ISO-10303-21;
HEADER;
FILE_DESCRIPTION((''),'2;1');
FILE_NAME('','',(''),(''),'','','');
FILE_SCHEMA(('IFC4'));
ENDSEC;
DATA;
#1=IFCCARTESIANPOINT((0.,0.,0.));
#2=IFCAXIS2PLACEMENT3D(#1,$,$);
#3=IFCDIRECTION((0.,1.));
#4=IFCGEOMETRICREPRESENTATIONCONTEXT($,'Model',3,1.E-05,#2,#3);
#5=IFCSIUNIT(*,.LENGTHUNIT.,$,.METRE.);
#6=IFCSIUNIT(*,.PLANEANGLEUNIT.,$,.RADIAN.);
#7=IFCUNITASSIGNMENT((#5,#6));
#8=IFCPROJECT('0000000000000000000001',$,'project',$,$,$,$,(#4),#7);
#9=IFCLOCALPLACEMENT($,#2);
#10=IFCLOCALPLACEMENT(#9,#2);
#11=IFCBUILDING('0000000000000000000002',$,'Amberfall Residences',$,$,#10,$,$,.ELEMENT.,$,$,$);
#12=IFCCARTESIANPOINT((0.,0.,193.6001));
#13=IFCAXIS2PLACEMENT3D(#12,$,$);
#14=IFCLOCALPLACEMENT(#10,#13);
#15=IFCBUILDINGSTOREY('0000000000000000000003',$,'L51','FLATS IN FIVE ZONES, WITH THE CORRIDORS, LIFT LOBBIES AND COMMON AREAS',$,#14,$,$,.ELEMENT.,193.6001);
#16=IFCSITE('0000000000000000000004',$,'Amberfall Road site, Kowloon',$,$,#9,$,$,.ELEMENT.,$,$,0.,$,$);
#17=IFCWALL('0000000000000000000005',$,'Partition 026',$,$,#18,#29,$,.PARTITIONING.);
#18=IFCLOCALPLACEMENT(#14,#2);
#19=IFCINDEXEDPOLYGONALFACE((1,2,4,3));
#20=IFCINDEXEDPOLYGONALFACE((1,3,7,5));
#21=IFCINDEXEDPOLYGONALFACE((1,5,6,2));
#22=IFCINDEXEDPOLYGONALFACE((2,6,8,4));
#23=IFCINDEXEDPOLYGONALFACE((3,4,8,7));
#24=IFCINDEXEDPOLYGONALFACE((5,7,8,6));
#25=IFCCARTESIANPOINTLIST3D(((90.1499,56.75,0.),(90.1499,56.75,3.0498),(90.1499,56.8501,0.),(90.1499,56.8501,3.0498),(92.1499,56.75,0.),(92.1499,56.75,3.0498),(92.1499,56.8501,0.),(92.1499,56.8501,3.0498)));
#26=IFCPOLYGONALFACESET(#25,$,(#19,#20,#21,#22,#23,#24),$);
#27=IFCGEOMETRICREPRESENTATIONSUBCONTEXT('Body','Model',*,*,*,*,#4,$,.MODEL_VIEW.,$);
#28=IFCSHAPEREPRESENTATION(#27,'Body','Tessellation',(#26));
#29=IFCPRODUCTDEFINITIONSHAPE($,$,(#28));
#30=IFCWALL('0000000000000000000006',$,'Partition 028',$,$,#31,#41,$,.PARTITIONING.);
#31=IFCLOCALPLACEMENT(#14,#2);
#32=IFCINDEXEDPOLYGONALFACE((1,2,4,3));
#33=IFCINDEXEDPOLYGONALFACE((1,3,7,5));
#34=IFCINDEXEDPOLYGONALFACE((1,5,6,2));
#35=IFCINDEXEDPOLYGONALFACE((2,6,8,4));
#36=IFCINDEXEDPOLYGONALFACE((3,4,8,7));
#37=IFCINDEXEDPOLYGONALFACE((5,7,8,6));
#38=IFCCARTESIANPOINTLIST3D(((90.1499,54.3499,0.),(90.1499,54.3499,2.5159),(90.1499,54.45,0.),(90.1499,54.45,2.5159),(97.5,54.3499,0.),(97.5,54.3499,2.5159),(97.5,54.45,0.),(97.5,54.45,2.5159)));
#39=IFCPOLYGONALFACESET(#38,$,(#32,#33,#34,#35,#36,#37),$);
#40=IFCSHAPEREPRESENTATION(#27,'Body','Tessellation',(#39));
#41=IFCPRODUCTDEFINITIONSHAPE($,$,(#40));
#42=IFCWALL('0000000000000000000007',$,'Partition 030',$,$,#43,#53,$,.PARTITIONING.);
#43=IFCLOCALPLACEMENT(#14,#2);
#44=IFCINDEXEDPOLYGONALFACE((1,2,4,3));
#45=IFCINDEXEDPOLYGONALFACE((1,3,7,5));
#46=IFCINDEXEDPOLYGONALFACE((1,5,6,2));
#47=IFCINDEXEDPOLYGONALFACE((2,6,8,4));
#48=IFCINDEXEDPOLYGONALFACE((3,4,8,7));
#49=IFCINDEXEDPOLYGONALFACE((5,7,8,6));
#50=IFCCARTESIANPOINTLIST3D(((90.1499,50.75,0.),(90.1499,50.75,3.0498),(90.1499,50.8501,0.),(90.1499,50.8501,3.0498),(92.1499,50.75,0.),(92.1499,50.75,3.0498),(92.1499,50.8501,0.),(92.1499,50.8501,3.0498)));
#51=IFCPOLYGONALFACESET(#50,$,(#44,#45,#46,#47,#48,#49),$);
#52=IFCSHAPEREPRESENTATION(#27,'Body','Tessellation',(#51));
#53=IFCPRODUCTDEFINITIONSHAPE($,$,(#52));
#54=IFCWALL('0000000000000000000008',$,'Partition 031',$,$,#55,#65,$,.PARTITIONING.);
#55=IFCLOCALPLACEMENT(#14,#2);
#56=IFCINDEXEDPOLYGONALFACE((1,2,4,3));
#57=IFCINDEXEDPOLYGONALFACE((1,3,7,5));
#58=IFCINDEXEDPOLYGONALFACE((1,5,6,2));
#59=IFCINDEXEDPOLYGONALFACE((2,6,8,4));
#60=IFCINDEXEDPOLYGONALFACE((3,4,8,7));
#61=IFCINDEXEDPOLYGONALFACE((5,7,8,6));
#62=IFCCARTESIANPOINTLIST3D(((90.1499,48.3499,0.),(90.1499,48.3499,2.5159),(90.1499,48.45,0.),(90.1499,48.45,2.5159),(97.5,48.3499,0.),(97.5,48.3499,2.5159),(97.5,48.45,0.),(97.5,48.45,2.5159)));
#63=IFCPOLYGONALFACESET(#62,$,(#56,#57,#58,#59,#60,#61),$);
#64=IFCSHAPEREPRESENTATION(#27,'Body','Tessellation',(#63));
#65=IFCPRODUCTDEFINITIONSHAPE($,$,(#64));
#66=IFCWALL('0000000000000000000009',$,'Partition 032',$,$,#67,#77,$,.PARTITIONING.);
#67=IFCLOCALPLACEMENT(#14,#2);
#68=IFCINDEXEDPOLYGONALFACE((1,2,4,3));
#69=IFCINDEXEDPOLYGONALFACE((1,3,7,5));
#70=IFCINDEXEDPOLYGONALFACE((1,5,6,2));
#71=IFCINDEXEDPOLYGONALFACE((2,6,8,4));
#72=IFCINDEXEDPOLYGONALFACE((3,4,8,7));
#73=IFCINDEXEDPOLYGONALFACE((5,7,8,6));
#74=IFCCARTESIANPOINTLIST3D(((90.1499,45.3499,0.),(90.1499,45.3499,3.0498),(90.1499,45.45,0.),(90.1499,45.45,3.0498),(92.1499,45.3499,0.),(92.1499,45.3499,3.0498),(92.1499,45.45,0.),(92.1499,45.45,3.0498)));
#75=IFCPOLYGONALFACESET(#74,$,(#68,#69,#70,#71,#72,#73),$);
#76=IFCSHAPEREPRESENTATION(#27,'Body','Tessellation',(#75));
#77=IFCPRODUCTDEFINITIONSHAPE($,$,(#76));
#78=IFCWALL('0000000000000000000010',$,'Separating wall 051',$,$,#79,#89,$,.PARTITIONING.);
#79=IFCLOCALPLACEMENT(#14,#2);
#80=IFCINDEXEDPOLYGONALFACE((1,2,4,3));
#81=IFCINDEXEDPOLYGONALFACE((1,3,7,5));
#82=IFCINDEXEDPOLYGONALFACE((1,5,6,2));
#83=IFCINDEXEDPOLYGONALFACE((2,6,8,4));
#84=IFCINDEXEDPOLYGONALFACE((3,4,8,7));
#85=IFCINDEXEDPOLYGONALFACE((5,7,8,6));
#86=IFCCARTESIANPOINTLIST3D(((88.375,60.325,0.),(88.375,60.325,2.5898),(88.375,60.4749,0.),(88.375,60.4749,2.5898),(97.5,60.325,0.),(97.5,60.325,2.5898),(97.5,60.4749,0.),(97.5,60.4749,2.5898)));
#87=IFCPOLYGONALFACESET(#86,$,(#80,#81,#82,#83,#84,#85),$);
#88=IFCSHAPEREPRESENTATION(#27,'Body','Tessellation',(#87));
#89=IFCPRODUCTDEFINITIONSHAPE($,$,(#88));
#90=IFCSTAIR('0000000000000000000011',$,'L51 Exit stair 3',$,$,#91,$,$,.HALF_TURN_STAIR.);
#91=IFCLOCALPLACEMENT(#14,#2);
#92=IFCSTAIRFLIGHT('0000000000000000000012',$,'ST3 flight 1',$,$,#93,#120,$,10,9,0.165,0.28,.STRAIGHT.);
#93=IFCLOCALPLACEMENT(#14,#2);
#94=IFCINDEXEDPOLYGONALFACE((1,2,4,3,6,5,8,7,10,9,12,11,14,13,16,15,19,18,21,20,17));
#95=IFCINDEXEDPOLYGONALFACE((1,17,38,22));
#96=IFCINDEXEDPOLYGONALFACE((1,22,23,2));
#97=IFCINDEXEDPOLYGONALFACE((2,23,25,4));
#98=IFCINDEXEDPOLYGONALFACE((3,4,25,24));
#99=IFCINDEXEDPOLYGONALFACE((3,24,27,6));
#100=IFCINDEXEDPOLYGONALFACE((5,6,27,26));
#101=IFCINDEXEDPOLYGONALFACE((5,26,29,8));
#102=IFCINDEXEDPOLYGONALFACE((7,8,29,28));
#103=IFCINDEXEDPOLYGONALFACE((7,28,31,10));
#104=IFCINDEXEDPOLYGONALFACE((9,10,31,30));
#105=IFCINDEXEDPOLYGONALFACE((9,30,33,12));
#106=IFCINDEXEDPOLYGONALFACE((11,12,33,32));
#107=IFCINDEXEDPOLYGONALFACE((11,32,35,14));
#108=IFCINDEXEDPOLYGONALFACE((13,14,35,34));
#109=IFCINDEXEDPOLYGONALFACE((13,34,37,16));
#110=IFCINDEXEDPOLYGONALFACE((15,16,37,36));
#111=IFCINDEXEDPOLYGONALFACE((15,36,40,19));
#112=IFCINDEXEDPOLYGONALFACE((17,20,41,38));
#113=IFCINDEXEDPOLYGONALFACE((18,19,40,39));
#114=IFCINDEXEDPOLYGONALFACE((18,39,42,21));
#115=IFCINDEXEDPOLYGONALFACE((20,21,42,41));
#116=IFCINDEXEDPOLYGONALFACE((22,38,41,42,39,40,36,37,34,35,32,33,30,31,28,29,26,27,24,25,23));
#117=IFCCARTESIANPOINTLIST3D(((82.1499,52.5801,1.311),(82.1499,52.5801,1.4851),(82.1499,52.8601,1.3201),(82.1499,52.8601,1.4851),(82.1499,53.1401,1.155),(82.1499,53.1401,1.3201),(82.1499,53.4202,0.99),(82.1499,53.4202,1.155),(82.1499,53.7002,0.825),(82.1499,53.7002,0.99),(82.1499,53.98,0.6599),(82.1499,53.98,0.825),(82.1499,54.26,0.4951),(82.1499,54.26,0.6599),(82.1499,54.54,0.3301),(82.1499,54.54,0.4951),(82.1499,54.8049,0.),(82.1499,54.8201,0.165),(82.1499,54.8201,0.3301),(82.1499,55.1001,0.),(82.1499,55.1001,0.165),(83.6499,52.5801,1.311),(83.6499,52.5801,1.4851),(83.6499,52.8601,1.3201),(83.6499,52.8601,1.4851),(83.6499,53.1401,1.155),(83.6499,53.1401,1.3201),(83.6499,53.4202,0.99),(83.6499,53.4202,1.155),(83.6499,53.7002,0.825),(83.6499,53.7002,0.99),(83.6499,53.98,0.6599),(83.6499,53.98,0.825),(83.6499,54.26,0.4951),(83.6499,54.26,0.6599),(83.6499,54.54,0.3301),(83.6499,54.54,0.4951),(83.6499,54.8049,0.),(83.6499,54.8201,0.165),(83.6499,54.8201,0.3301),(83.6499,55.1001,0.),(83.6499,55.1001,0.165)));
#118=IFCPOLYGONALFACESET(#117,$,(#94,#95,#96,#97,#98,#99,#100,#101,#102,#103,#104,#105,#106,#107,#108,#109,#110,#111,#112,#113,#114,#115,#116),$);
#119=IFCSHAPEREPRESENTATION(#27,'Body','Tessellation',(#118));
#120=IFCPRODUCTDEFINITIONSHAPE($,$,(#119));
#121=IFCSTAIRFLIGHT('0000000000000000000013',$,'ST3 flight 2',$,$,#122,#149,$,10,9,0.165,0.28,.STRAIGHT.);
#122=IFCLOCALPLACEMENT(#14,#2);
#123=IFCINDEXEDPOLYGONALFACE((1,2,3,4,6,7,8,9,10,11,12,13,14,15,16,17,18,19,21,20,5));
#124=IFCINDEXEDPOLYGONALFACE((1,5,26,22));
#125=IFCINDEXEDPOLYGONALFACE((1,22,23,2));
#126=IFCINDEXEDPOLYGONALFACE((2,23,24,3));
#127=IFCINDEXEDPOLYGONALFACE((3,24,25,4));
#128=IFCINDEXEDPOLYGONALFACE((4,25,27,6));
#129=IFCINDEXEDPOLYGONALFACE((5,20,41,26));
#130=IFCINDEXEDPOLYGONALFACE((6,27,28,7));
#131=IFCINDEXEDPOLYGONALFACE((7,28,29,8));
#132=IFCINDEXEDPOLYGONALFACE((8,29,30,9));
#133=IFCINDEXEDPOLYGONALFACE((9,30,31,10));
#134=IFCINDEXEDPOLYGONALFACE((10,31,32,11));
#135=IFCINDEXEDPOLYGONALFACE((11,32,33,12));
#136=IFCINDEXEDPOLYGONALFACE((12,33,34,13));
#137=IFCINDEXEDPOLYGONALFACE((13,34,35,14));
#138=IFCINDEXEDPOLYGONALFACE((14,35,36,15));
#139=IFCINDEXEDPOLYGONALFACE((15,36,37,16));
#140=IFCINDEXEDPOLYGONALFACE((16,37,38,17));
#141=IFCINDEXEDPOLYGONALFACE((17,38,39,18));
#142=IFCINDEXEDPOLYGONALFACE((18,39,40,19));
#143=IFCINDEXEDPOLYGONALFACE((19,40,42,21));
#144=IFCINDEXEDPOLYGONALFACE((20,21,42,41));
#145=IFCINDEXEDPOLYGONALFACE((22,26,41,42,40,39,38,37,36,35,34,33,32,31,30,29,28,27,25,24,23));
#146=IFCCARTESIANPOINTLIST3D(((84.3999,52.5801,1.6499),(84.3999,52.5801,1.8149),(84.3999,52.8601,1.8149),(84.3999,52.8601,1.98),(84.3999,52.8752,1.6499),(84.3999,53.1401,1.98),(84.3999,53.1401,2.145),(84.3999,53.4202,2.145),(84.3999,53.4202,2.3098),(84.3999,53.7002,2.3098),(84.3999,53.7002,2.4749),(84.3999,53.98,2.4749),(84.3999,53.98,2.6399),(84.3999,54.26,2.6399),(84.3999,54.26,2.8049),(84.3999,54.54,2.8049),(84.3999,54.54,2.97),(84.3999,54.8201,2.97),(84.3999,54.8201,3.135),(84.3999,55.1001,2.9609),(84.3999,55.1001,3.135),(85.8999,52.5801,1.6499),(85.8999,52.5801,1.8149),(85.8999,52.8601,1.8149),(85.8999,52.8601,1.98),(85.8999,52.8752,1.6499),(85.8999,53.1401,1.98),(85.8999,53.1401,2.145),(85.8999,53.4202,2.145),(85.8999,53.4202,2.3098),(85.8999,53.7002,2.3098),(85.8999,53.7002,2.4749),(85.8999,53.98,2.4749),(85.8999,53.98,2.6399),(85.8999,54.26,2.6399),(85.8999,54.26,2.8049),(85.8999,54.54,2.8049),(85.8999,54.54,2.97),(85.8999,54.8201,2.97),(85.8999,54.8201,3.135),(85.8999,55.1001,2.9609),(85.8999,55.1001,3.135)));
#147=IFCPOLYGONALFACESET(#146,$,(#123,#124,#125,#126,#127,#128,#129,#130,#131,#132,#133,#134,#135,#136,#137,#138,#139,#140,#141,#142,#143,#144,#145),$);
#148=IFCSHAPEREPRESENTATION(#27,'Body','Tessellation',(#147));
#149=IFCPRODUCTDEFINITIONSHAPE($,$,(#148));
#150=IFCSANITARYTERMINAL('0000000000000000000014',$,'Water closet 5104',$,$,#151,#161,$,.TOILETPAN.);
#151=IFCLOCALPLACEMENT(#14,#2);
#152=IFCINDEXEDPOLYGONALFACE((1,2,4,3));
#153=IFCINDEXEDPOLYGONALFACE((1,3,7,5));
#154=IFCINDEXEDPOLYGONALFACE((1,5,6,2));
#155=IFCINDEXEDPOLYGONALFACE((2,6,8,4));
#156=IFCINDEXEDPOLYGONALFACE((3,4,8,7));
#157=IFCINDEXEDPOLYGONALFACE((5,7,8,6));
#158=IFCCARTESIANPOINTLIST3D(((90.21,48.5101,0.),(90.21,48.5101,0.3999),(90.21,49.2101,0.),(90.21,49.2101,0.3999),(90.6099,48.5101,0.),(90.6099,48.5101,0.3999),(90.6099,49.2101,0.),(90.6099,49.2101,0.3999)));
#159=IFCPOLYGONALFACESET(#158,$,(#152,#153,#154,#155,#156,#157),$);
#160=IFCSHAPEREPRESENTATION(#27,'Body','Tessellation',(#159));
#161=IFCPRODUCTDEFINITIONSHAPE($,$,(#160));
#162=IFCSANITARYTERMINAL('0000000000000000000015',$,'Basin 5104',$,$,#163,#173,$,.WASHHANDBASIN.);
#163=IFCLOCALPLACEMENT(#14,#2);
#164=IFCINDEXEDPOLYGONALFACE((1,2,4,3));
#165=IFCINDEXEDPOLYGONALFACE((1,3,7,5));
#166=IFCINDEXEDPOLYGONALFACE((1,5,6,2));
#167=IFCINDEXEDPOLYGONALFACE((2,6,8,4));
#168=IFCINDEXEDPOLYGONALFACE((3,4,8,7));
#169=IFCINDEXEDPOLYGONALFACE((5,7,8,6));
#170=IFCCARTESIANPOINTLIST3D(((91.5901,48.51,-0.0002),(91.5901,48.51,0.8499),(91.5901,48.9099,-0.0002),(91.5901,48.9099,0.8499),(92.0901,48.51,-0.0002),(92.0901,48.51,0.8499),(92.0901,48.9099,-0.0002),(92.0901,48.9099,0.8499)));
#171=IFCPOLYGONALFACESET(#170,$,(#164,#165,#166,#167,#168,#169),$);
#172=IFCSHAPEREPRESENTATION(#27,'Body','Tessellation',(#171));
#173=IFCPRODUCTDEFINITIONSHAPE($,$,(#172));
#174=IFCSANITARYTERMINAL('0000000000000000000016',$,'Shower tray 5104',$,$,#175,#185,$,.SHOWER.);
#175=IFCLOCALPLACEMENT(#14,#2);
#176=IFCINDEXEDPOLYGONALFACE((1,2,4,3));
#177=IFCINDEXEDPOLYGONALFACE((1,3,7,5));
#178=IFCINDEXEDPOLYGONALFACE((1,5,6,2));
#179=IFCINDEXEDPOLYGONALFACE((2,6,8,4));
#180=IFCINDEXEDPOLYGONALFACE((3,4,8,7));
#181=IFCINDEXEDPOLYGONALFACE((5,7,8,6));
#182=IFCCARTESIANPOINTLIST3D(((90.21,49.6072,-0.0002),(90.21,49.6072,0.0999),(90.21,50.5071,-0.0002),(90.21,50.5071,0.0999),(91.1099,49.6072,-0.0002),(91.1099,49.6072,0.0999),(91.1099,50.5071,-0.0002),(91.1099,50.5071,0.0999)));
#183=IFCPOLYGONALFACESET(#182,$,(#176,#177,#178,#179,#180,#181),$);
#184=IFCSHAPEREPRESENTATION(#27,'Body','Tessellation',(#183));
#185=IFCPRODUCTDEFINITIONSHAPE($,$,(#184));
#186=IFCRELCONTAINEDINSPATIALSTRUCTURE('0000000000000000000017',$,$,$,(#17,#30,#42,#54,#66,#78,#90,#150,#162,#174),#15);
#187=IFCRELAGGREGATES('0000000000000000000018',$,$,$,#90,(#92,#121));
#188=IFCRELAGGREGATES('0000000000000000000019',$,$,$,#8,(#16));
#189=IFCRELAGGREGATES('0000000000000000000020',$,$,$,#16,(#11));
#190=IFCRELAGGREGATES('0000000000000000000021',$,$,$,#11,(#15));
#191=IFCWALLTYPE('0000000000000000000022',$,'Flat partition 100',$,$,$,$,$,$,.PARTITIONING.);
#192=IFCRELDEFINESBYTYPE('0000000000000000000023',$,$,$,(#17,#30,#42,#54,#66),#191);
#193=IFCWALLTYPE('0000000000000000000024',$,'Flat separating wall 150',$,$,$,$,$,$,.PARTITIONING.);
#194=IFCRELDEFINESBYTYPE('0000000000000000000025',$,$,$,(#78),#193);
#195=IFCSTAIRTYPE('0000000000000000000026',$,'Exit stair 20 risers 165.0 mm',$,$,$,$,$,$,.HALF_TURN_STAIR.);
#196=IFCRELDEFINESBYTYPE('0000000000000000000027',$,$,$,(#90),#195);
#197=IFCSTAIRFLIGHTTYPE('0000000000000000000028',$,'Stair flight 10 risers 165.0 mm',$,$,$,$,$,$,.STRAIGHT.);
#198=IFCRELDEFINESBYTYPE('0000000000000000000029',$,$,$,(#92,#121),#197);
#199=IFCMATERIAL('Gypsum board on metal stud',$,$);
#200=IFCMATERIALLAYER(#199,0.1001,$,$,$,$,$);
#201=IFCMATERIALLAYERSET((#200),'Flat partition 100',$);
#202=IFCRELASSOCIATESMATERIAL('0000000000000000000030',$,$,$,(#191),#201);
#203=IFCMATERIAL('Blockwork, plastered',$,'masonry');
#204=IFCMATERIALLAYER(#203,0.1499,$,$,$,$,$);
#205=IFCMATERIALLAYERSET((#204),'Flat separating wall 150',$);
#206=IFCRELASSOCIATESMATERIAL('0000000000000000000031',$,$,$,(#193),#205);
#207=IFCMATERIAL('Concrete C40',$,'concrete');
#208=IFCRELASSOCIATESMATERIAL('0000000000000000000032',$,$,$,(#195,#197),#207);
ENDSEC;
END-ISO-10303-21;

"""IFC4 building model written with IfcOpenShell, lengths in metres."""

from ifc_helpers import new_model, si_unit, direction, frame, frame_2d, origin, origin_2d, place, context, subcontext, project, spatial, polyline, rectangle, outline, extrude, material, layer, layer_set, type_object, element, aggregate, save


model = new_model("IFC4")

# Units and contexts
model_context = context("Model", 3, precision=1e-05, world=origin(), true_north=direction((0.0, 1.0)))
body_context = subcontext(model_context, "Body", "Model", "MODEL_VIEW")
ifc_project = project(units=[si_unit("LENGTHUNIT", "METRE"), si_unit("PLANEANGLEUNIT", "RADIAN")], contexts=[model_context])

# Site, building, storey
site_placement = place(None, origin())
site = spatial("IfcSite", under=ifc_project, at=site_placement, Name="Amberfall Road site, Kowloon", CompositionType="ELEMENT", RefElevation=0.0)
building_placement = place(site_placement, origin())
building = spatial("IfcBuilding", under=site, at=building_placement, Name="Amberfall Residences", CompositionType="ELEMENT")
storey_placement = place(building_placement, frame((0.0, 0.0, 193.6001)))
storey = spatial("IfcBuildingStorey", under=building, at=storey_placement, Name="L51", Description="FLATS IN FIVE ZONES, WITH THE CORRIDORS, LIFT LOBBIES AND COMMON AREAS", CompositionType="ELEMENT", Elevation=193.6001)

# Shared definitions
ifc_material_1 = material(Name="Gypsum board on metal stud")
ifc_layer_1 = layer(ifc_material_1, 0.1001)
ifc_layer_set_1 = layer_set([ifc_layer_1], Name="Flat partition 100")
wall_type_1 = type_object("IfcWallType", Name="Flat partition 100", PredefinedType="PARTITIONING", material=ifc_layer_set_1)

# Walls
wall_1_placement = place(storey_placement, frame((90.1499, 56.8, 0.0), z_axis=(0.0, 0.0, 1.0), x_axis=(1.0, 0.0, 0.0)))
element("IfcWall", 1, at=wall_1_placement, inside=storey, type_object=wall_type_1, Name="Partition 026", PredefinedType="PARTITIONING", context=body_context, shape_type="SweptSolid", body=[
    extrude(rectangle(XDim=2.0, YDim=0.1001, at=frame_2d((1.0, 0.0))), origin(), (0.0, 0.0, 1.0), 3.0498),
])
wall_2_placement = place(storey_placement, frame((90.1499, 54.3999, 0.0), z_axis=(0.0, 0.0, 1.0), x_axis=(1.0, 0.0, 0.0)))
element("IfcWall", 2, at=wall_2_placement, inside=storey, type_object=wall_type_1, Name="Partition 028", PredefinedType="PARTITIONING", context=body_context, shape_type="SweptSolid", body=[
    extrude(rectangle(XDim=7.3501, YDim=0.1001, at=frame_2d((3.675, 0.0))), origin(), (0.0, 0.0, 1.0), 2.5159),
])
wall_3_placement = place(storey_placement, frame((90.1499, 50.8, 0.0), z_axis=(0.0, 0.0, 1.0), x_axis=(1.0, 0.0, 0.0)))
element("IfcWall", 3, at=wall_3_placement, inside=storey, type_object=wall_type_1, Name="Partition 030", PredefinedType="PARTITIONING", context=body_context, shape_type="SweptSolid", body=[
    extrude(rectangle(XDim=2.0, YDim=0.1001, at=frame_2d((1.0, 0.0))), origin(), (0.0, 0.0, 1.0), 3.0498),
])
wall_4_placement = place(storey_placement, frame((90.1499, 48.3999, 0.0), z_axis=(0.0, 0.0, 1.0), x_axis=(1.0, 0.0, 0.0)))
element("IfcWall", 4, at=wall_4_placement, inside=storey, type_object=wall_type_1, Name="Partition 031", PredefinedType="PARTITIONING", context=body_context, shape_type="SweptSolid", body=[
    extrude(rectangle(XDim=7.3501, YDim=0.1001, at=frame_2d((3.675, 0.0))), origin(), (0.0, 0.0, 1.0), 2.5159),
])
wall_5_placement = place(storey_placement, frame((90.1499, 45.3999, 0.0), z_axis=(0.0, 0.0, 1.0), x_axis=(1.0, 0.0, 0.0)))
element("IfcWall", 5, at=wall_5_placement, inside=storey, type_object=wall_type_1, Name="Partition 032", PredefinedType="PARTITIONING", context=body_context, shape_type="SweptSolid", body=[
    extrude(rectangle(XDim=2.0, YDim=0.1001, at=frame_2d((1.0, 0.0))), origin(), (0.0, 0.0, 1.0), 3.0498),
])
ifc_material_2 = material(Name="Blockwork, plastered", Category="masonry")
ifc_layer_2 = layer(ifc_material_2, 0.1499)
ifc_layer_set_2 = layer_set([ifc_layer_2], Name="Flat separating wall 150")
wall_type_2 = type_object("IfcWallType", Name="Flat separating wall 150", PredefinedType="PARTITIONING", material=ifc_layer_set_2)
wall_6_placement = place(storey_placement, frame((88.375, 60.3999, 0.0), z_axis=(0.0, 0.0, 1.0), x_axis=(1.0, 0.0, 0.0)))
element("IfcWall", 6, at=wall_6_placement, inside=storey, type_object=wall_type_2, Name="Separating wall 051", PredefinedType="PARTITIONING", context=body_context, shape_type="SweptSolid", body=[
    extrude(rectangle(XDim=9.125, YDim=0.1499, at=frame_2d((4.5625, 0.0))), origin(), (0.0, 0.0, 1.0), 2.5898),
])

# Stair, stair flights
ifc_material_3 = material(Name="Concrete C40", Category="concrete")
stair_type = type_object("IfcStairType", Name="Exit stair 20 risers 165.0 mm", PredefinedType="HALF_TURN_STAIR", material=ifc_material_3)
stair_placement = place(storey_placement, origin())
stair = element("IfcStair", 7, at=stair_placement, inside=storey, type_object=stair_type, Name="L51 Exit stair 3", PredefinedType="HALF_TURN_STAIR")
stair_flight_type = type_object("IfcStairFlightType", Name="Stair flight 10 risers 165.0 mm", PredefinedType="STRAIGHT", material=ifc_material_3)
stair_flight_1_placement = place(storey_placement, frame((82.8999, 55.1001, 0.0), z_axis=(0.0, 0.0, 1.0), x_axis=(0.0, -1.0, 0.0)))
stair_flight_1 = element("IfcStairFlight", 8, at=stair_flight_1_placement, type_object=stair_flight_type, Name="ST3 flight 1", NumberOfRisers=10, NumberOfTreads=9, PredefinedType="STRAIGHT", RiserHeight=0.165, TreadLength=0.28, context=body_context, shape_type="SweptSolid", body=[
    extrude(outline(polyline([(0.0, 0.0), (0.0, 0.165), (0.28, 0.165), (0.28, 0.3301), (0.5601, 0.3301), (0.5601, 0.4951), (0.8401, 0.4951), (0.8401, 0.6599), (1.1201, 0.6599), (1.1201, 0.825), (1.3999, 0.825), (1.3999, 0.99), (1.6799, 0.99), (1.6799, 1.155), (1.96, 1.155), (1.96, 1.3201), (2.24, 1.3201), (2.24, 1.4851), (2.52, 1.4851), (2.52, 1.6499), (2.52, 1.311), (0.2952, 0.0), (0.0, 0.0)])), frame((0.0, 0.75, 0.0), z_axis=(0.0, -1.0, 0.0), x_axis=(1.0, 0.0, 0.0)), (0.0, 0.0, 1.0), 1.5),
])
stair_flight_2_placement = place(storey_placement, frame((85.1499, 52.5801, 1.6499), z_axis=(0.0, 0.0, 1.0), x_axis=(0.0, 1.0, 0.0)))
stair_flight_2 = element("IfcStairFlight", 9, at=stair_flight_2_placement, type_object=stair_flight_type, Name="ST3 flight 2", NumberOfRisers=10, NumberOfTreads=9, PredefinedType="STRAIGHT", RiserHeight=0.165, TreadLength=0.28, context=body_context, shape_type="SweptSolid", body=[
    extrude(outline(polyline([(0.0, 0.0), (0.0, 0.165), (0.28, 0.165), (0.28, 0.3301), (0.5601, 0.3301), (0.5601, 0.4951), (0.8401, 0.4951), (0.8401, 0.6599), (1.1201, 0.6599), (1.1201, 0.825), (1.3999, 0.825), (1.3999, 0.99), (1.6799, 0.99), (1.6799, 1.155), (1.96, 1.155), (1.96, 1.3201), (2.24, 1.3201), (2.24, 1.4851), (2.52, 1.4851), (2.52, 1.6499), (2.52, 1.311), (0.2952, 0.0), (0.0, 0.0)])), frame((0.0, 0.75, 0.0), z_axis=(0.0, -1.0, 0.0), x_axis=(1.0, 0.0, 0.0)), (0.0, 0.0, 1.0), 1.5),
])
aggregate(stair, [stair_flight_1, stair_flight_2])

# Sanitary terminals
sanitary_terminal_1_placement = place(storey_placement, frame((90.4099, 48.8601, 0.0), z_axis=(0.0, 0.0, 1.0), x_axis=(1.0, 0.0, 0.0)))
element("IfcSanitaryTerminal", 10, at=sanitary_terminal_1_placement, inside=storey, Name="Water closet 5104", PredefinedType="TOILETPAN", context=body_context, shape_type="SweptSolid", body=[
    extrude(rectangle(XDim=0.3999, YDim=0.7, at=origin_2d()), origin(), (0.0, 0.0, 1.0), 0.3999),
])
sanitary_terminal_2_placement = place(storey_placement, frame((91.8401, 48.71, -0.0002), z_axis=(0.0, 0.0, 1.0), x_axis=(1.0, 0.0, 0.0)))
element("IfcSanitaryTerminal", 11, at=sanitary_terminal_2_placement, inside=storey, Name="Basin 5104", PredefinedType="WASHHANDBASIN", context=body_context, shape_type="SweptSolid", body=[
    extrude(rectangle(XDim=0.5, YDim=0.3999, at=origin_2d()), origin(), (0.0, 0.0, 1.0), 0.8501),
])
sanitary_terminal_3_placement = place(storey_placement, frame((90.6599, 50.0571, -0.0002), z_axis=(0.0, 0.0, 1.0), x_axis=(1.0, 0.0, 0.0)))
element("IfcSanitaryTerminal", 12, at=sanitary_terminal_3_placement, inside=storey, Name="Shower tray 5104", PredefinedType="SHOWER", context=body_context, shape_type="SweptSolid", body=[
    extrude(rectangle(XDim=0.8999, YDim=0.8999, at=origin_2d()), origin(), (0.0, 0.0, 1.0), 0.1001),
])

save(model, "model.ifc")
